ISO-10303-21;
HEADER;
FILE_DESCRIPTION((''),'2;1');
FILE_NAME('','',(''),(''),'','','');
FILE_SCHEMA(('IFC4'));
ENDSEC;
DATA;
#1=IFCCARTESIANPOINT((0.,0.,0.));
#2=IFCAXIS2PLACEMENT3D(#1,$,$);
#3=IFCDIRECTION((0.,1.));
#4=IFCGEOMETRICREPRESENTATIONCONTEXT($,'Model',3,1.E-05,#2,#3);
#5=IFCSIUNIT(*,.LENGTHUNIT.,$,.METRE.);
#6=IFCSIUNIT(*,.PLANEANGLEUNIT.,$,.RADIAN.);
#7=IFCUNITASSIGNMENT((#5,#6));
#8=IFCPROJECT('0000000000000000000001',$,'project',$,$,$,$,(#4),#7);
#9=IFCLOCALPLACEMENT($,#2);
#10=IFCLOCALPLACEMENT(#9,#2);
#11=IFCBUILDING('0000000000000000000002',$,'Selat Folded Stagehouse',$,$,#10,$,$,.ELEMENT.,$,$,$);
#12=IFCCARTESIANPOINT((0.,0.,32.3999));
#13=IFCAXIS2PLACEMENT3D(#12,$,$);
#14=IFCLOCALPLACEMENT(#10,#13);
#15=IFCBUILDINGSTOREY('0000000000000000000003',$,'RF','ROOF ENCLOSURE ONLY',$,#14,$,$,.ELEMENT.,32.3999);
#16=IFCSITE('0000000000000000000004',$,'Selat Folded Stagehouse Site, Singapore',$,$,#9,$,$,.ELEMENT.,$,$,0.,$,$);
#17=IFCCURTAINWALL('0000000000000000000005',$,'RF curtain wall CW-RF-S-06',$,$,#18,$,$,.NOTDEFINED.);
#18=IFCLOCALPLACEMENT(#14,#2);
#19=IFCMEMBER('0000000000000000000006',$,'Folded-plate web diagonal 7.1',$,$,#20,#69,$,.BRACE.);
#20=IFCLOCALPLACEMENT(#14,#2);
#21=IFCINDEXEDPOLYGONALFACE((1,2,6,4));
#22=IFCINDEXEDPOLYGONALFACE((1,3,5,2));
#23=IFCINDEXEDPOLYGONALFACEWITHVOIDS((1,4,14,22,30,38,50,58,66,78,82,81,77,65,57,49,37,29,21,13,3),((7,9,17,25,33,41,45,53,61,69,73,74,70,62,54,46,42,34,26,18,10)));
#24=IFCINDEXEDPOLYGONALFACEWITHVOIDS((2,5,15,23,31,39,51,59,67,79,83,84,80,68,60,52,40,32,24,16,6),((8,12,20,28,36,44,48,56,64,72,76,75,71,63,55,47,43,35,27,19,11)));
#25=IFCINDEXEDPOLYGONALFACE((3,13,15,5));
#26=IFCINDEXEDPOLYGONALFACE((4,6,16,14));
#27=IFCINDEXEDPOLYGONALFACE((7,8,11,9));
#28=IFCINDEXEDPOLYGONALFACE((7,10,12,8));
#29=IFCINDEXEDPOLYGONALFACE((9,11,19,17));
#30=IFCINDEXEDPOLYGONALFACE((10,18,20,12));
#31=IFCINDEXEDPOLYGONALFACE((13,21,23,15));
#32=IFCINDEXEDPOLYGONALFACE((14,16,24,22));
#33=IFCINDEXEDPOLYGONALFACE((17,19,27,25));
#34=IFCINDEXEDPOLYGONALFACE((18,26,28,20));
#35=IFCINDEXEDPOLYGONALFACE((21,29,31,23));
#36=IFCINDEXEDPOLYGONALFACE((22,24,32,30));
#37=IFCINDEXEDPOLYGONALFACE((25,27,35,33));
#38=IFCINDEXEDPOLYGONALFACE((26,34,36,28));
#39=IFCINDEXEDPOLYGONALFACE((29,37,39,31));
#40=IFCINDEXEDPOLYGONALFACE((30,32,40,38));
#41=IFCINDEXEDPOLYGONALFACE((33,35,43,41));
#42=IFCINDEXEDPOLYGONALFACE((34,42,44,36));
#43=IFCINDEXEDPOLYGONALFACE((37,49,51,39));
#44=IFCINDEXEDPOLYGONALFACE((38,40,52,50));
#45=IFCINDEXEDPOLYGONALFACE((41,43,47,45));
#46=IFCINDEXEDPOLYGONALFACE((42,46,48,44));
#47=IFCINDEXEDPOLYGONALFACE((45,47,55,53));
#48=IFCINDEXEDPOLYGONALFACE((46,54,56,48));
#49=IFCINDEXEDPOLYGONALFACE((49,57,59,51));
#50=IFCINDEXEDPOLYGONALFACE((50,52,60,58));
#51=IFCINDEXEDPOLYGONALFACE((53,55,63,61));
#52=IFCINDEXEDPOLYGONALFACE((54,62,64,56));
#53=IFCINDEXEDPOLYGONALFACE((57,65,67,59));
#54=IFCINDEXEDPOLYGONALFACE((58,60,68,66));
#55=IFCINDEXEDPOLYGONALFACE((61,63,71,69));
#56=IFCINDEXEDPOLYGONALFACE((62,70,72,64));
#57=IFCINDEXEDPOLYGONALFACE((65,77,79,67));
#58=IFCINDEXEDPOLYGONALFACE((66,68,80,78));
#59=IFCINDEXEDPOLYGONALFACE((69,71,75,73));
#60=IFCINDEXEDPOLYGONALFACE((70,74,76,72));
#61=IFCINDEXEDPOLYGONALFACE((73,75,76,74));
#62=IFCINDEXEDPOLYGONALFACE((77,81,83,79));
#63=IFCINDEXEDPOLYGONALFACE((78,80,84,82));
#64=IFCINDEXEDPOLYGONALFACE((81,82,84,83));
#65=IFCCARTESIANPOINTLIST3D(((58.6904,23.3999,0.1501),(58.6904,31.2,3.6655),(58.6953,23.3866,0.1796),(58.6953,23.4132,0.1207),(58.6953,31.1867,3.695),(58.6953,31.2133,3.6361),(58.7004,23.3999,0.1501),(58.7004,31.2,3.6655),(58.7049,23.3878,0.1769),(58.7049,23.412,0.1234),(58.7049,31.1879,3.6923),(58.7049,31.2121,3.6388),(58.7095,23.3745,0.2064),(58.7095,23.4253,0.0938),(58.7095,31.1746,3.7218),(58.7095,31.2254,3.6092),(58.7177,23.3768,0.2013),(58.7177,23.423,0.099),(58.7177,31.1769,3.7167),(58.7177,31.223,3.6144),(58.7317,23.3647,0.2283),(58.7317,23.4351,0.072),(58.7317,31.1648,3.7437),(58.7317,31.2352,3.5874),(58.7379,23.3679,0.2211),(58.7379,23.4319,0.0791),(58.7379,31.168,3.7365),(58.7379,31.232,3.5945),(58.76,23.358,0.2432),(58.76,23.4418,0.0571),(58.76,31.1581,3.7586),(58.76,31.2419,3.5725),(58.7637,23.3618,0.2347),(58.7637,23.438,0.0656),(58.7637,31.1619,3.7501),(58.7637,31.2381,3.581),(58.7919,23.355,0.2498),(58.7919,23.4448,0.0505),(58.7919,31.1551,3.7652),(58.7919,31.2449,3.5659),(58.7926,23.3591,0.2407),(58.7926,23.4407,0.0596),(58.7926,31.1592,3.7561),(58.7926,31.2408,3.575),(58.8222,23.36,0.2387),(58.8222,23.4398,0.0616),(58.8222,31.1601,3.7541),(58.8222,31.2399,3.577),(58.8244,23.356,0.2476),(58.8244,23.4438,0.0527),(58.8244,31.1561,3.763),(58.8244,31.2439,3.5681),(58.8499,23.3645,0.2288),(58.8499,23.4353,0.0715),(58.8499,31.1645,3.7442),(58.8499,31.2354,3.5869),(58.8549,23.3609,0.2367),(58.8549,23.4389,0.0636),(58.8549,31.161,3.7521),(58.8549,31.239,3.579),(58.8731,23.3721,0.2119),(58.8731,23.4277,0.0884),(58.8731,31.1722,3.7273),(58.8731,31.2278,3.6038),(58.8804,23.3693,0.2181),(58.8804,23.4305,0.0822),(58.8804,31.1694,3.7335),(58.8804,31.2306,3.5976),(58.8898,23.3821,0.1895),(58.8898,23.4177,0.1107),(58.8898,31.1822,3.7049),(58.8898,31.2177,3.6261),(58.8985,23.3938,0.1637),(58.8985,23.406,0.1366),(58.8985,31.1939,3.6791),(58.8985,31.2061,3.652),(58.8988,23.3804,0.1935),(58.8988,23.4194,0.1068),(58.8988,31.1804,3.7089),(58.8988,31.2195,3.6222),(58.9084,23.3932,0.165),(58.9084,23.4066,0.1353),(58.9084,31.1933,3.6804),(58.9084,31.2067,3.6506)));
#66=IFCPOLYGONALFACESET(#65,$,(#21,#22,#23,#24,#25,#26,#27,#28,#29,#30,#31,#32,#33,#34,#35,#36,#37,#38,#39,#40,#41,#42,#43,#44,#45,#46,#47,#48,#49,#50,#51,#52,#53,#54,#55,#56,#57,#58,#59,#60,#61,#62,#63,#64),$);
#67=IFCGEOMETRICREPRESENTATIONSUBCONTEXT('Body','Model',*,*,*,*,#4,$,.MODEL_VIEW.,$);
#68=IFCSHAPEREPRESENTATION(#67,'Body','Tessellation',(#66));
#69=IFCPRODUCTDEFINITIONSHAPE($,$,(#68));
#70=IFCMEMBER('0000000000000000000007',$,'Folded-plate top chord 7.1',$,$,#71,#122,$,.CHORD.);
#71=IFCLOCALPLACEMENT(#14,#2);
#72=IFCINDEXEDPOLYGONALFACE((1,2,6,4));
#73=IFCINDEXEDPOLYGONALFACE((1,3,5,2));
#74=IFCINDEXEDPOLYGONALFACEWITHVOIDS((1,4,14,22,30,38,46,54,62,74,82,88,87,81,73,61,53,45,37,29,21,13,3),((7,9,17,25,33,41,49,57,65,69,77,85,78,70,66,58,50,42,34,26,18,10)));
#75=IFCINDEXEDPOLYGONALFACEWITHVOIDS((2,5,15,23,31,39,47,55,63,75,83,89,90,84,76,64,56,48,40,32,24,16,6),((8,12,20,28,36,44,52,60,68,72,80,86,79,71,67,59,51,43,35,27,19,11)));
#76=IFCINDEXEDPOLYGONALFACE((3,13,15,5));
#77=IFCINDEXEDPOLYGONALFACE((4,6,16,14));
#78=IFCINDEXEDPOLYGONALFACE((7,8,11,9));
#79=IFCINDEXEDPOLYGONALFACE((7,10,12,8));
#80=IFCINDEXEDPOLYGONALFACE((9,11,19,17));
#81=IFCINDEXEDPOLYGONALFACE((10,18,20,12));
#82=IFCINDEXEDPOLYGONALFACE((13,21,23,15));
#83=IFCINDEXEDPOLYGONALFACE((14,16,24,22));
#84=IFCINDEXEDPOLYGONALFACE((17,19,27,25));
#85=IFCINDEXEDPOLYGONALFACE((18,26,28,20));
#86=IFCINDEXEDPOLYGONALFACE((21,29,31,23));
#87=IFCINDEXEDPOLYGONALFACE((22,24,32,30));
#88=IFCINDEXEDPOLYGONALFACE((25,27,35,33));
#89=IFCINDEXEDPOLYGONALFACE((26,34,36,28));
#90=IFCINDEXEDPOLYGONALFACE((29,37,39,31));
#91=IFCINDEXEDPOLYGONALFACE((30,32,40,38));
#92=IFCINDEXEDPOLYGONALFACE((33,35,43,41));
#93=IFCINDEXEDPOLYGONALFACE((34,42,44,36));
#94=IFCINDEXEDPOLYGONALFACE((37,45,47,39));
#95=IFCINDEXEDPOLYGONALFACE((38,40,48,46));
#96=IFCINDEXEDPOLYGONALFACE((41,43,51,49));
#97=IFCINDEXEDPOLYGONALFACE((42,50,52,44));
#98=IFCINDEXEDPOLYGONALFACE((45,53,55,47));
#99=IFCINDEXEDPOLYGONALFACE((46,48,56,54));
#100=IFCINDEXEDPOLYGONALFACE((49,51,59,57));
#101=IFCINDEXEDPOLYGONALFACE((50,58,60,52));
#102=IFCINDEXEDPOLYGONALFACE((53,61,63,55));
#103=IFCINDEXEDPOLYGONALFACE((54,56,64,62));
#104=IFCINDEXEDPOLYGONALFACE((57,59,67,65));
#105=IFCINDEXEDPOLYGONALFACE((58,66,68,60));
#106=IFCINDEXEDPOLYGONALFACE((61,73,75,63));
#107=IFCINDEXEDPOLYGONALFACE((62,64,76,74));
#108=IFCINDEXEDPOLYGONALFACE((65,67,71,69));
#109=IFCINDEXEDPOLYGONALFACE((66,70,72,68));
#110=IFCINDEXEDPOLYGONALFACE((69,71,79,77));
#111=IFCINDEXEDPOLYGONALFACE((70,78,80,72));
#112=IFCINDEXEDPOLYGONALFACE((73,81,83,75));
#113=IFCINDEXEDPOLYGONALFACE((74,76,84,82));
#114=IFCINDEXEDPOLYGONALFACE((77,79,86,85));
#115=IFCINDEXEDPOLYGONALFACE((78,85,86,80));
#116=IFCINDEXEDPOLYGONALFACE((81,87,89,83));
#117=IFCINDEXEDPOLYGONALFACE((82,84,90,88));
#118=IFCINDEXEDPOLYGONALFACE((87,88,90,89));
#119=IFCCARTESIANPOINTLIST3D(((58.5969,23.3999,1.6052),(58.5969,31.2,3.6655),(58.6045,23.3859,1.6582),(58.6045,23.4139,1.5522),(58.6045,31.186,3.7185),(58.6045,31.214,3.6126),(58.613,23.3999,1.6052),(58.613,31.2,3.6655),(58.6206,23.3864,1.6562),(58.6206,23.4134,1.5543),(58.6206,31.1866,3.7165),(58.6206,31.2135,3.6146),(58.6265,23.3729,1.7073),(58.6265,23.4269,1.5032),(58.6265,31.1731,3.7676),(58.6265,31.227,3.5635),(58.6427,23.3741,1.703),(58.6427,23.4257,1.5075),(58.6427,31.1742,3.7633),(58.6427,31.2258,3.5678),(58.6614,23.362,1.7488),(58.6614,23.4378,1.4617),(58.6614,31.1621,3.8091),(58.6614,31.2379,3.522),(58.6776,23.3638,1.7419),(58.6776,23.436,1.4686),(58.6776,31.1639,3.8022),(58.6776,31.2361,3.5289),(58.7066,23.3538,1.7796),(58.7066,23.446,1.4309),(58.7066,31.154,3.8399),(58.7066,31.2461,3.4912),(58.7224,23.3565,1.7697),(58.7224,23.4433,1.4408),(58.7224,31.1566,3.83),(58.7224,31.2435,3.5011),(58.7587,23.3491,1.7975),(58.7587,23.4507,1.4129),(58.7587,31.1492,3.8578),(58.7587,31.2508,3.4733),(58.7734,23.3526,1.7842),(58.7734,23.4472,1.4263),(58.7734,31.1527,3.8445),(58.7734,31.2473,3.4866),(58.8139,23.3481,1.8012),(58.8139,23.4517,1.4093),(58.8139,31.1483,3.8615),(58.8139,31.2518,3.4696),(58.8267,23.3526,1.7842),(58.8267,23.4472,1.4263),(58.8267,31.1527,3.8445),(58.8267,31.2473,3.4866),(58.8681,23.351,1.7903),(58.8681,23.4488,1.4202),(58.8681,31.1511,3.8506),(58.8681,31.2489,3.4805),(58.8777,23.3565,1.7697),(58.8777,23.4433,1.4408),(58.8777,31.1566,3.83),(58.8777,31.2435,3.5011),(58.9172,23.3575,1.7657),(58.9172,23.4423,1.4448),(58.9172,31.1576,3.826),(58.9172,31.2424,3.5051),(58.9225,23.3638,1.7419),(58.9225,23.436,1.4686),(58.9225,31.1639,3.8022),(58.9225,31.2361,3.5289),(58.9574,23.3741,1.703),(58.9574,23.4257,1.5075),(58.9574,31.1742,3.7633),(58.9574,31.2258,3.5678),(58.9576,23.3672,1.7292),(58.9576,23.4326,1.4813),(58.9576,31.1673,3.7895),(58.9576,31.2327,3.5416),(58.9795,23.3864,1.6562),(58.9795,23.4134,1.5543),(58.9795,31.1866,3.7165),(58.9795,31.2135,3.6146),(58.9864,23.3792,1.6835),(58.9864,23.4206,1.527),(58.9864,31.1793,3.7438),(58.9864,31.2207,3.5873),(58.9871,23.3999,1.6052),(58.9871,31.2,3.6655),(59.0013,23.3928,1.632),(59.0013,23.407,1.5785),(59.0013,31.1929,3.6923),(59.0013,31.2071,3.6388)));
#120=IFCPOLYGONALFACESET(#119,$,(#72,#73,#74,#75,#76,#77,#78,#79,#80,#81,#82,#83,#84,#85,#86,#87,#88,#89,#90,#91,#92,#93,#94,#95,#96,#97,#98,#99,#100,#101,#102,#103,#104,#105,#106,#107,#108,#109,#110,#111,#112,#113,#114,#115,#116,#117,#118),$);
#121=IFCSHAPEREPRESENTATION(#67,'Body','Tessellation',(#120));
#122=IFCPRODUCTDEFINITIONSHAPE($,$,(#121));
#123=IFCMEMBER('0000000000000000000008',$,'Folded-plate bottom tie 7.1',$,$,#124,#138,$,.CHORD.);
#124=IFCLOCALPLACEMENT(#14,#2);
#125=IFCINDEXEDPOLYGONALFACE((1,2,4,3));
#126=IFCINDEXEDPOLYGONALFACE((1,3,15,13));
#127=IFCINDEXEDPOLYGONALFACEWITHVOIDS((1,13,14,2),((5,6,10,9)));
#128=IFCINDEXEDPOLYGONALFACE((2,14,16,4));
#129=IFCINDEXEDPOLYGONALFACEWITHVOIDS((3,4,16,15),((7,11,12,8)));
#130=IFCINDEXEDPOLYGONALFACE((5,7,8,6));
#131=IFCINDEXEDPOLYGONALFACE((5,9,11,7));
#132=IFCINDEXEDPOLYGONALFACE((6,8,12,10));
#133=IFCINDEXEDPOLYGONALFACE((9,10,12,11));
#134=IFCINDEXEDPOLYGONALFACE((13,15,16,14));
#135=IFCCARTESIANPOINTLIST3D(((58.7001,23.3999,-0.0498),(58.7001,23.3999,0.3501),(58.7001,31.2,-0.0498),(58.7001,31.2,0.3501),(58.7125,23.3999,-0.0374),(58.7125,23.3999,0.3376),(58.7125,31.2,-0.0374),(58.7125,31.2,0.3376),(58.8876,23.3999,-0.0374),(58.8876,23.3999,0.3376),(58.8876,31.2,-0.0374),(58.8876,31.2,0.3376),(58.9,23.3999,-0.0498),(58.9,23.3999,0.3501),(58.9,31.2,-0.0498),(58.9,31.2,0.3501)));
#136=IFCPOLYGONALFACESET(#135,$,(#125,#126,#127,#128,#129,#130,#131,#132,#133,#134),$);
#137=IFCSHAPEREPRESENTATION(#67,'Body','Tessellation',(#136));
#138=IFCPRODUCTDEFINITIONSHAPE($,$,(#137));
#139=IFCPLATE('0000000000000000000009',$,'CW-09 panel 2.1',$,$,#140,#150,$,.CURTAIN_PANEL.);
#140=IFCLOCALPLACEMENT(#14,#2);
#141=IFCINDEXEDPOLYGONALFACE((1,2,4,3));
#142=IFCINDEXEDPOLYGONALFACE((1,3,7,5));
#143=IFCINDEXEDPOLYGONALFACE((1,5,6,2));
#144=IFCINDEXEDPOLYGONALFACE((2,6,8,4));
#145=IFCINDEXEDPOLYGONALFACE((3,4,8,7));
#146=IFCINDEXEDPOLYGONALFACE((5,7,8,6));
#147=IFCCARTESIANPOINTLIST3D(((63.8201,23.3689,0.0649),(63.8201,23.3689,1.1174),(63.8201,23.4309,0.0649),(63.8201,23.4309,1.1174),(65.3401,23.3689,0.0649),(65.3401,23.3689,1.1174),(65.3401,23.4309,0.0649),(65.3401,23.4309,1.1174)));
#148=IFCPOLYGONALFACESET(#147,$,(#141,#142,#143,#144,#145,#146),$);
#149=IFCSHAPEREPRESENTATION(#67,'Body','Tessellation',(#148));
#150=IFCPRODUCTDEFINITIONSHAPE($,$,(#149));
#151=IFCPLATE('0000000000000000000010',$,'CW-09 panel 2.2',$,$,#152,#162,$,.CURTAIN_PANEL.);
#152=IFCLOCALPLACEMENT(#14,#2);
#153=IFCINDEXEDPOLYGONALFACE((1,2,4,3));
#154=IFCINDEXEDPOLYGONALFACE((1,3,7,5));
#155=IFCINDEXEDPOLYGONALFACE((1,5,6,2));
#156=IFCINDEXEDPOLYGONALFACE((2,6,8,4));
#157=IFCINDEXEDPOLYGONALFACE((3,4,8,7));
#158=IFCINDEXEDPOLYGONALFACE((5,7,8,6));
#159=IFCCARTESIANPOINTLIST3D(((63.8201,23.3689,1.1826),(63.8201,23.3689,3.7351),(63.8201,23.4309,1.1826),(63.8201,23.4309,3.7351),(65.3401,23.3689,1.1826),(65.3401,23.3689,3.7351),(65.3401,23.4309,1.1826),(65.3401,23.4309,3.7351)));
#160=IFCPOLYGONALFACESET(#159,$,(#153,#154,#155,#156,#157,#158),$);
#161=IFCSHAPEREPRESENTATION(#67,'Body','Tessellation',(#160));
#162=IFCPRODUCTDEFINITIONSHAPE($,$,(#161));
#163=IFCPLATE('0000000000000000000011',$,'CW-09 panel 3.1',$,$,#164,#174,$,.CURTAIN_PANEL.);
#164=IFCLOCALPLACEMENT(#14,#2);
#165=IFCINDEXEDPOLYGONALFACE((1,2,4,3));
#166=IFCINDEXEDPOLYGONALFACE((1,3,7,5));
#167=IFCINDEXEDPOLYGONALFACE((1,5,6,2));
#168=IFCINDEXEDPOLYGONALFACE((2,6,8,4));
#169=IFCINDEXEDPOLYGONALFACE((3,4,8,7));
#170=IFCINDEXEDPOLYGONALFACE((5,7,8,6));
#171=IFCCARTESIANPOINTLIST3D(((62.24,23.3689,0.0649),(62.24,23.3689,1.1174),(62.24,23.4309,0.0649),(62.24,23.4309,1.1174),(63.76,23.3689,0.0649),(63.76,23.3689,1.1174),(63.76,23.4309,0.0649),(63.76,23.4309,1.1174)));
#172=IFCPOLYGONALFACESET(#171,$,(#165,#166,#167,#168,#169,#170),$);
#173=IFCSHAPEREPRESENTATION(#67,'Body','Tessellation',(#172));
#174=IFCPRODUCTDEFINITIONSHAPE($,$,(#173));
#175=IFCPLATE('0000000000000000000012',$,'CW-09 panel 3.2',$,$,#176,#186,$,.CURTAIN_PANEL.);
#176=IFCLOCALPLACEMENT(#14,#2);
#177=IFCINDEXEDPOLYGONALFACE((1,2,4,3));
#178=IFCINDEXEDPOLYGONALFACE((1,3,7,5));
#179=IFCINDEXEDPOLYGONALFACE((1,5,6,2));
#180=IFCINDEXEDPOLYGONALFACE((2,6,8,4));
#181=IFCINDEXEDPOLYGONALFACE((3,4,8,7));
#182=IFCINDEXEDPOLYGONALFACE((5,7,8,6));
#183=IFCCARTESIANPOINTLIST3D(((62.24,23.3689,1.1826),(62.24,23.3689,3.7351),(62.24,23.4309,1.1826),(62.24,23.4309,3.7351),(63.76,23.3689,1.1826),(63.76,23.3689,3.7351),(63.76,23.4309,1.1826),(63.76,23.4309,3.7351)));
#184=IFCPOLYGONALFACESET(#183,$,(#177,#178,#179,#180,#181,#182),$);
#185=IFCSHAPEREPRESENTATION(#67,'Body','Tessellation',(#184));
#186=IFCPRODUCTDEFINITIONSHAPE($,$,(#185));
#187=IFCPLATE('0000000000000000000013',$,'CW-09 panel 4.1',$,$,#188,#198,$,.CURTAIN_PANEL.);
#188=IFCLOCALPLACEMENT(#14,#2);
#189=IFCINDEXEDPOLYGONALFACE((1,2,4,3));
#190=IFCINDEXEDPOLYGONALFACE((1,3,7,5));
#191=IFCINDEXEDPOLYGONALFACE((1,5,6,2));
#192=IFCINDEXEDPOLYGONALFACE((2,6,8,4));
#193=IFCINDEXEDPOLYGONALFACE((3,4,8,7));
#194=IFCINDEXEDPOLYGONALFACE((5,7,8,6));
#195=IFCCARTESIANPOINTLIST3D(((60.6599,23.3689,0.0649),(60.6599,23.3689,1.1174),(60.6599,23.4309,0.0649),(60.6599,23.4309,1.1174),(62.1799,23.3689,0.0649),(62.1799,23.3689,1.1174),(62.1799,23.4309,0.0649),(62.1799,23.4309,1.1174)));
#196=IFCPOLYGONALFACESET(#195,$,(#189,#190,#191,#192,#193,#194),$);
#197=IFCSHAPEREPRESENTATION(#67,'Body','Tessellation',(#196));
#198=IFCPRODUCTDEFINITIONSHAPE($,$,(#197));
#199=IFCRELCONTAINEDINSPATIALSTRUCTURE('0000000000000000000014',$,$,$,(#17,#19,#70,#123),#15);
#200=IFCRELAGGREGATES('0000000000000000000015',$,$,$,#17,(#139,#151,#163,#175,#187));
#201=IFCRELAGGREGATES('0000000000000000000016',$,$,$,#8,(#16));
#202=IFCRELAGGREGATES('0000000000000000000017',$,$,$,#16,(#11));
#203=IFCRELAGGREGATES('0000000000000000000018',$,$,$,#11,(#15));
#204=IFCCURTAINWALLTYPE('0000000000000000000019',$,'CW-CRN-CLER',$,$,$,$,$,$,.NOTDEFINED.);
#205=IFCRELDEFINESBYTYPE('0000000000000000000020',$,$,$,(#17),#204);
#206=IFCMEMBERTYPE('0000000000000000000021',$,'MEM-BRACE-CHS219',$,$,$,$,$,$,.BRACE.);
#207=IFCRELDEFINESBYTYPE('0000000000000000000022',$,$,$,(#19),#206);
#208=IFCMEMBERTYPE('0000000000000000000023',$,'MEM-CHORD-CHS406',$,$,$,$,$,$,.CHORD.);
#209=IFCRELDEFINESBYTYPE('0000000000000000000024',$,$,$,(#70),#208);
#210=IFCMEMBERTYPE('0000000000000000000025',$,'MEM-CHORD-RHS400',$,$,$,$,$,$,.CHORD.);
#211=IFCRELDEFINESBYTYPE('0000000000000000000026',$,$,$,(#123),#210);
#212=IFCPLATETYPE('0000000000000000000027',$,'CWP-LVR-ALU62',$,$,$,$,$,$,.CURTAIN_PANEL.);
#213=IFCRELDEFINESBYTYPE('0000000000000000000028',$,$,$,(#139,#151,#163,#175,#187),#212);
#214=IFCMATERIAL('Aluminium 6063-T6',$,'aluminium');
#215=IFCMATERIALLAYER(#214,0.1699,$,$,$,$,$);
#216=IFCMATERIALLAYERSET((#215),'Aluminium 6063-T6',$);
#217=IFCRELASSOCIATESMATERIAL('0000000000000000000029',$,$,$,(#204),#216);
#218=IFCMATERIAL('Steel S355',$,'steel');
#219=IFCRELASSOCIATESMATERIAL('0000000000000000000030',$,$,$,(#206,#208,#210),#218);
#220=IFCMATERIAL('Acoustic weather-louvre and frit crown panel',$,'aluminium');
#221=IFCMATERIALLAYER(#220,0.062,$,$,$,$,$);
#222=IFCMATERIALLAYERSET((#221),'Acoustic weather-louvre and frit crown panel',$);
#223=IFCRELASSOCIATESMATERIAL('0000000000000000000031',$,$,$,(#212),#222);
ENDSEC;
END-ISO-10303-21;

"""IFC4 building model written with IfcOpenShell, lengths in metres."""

from ifc_helpers import new_model, si_unit, direction, frame, origin, origin_2d, place, context, subcontext, project, spatial, rectangle, hollow_rectangle, hollow_circle, extrude, material, layer, layer_set, material_profile, profile_set, type_object, element, aggregate, save


model = new_model("IFC4")

# Units and contexts
model_context = context("Model", 3, precision=1e-05, world=origin(), true_north=direction((0.0, 1.0)))
body_context = subcontext(model_context, "Body", "Model", "MODEL_VIEW")
ifc_project = project(units=[si_unit("LENGTHUNIT", "METRE"), si_unit("PLANEANGLEUNIT", "RADIAN")], contexts=[model_context])

# Site, building, storey
site_placement = place(None, origin())
site = spatial("IfcSite", under=ifc_project, at=site_placement, Name="Selat Folded Stagehouse Site, Singapore", CompositionType="ELEMENT", RefElevation=0.0)
building_placement = place(site_placement, origin())
building = spatial("IfcBuilding", under=site, at=building_placement, Name="Selat Folded Stagehouse", CompositionType="ELEMENT")
storey_placement = place(building_placement, frame((0.0, 0.0, 32.3999)))
storey = spatial("IfcBuildingStorey", under=building, at=storey_placement, Name="RF", Description="ROOF ENCLOSURE ONLY", CompositionType="ELEMENT", Elevation=32.3999)

# Shared definitions
ifc_material_1 = material(Name="Steel S355", Category="steel")

# Shared definitions
ifc_material_2 = material(Name="Aluminium 6063-T6", Category="aluminium")
ifc_layer_1 = layer(ifc_material_2, 0.1699)
ifc_layer_set_1 = layer_set([ifc_layer_1], Name="Aluminium 6063-T6")
curtain_wall_type = type_object("IfcCurtainWallType", Name="CW-CRN-CLER", PredefinedType="NOTDEFINED", material=ifc_layer_set_1)

# Curtain wall
curtain_wall_1_placement = place(storey_placement, origin())
curtain_wall_1 = element("IfcCurtainWall", 1, at=curtain_wall_1_placement, inside=storey, type_object=curtain_wall_type, Name="RF curtain wall CW-RF-S-06", PredefinedType="NOTDEFINED")

# Members
ifc_material_profile_1 = material_profile(ifc_material_1, hollow_circle(Radius=0.1096, WallThickness=0.01, at=origin_2d()), Name="CHS 219.1x10.0")
ifc_profile_set_1 = profile_set([ifc_material_profile_1], Name="Steel S355")
member_type_1 = type_object("IfcMemberType", Name="MEM-BRACE-CHS219", PredefinedType="BRACE", material=ifc_profile_set_1)
member_1_placement = place(storey_placement, frame((58.8, 23.3999, 0.1501), z_axis=(0.0, 0.911687, 0.410885), x_axis=(-1.0, 0.0, 0.0)))
element("IfcMember", 2, at=member_1_placement, inside=storey, type_object=member_type_1, Name="Folded-plate web diagonal 7.1", PredefinedType="BRACE", context=body_context, shape_type="SweptSolid", body=[
    extrude(hollow_circle(Radius=0.1096, WallThickness=0.01, at=origin_2d()), origin(), (0.0, 0.0, 1.0), 8.5557),
])
ifc_material_profile_2 = material_profile(ifc_material_1, hollow_circle(Radius=0.2031, WallThickness=0.0161, at=origin_2d()), Name="CHS 406.4x16.0")
ifc_profile_set_2 = profile_set([ifc_material_profile_2], Name="Steel S355")
member_type_2 = type_object("IfcMemberType", Name="MEM-CHORD-CHS406", PredefinedType="CHORD", material=ifc_profile_set_2)
member_2_placement = place(storey_placement, frame((58.8, 23.3999, 1.6052), z_axis=(0.0, 0.966841, 0.255381), x_axis=(-1.0, 0.0, 0.0)))
element("IfcMember", 3, at=member_2_placement, inside=storey, type_object=member_type_2, Name="Folded-plate top chord 7.1", PredefinedType="CHORD", context=body_context, shape_type="SweptSolid", body=[
    extrude(hollow_circle(Radius=0.2031, WallThickness=0.0161, at=origin_2d()), origin(), (0.0, 0.0, 1.0), 8.0676),
])
ifc_material_profile_3 = material_profile(ifc_material_1, hollow_rectangle(XDim=0.2, YDim=0.3999, WallThickness=0.0125, at=origin_2d()), Name="RHS 400x200x12.5")
ifc_profile_set_3 = profile_set([ifc_material_profile_3], Name="Steel S355")
member_type_3 = type_object("IfcMemberType", Name="MEM-CHORD-RHS400", PredefinedType="CHORD", material=ifc_profile_set_3)
member_3_placement = place(storey_placement, frame((58.8, 23.3999, 0.1501), z_axis=(0.0, 1.0, 0.0), x_axis=(-1.0, 0.0, 0.0)))
element("IfcMember", 4, at=member_3_placement, inside=storey, type_object=member_type_3, Name="Folded-plate bottom tie 7.1", PredefinedType="CHORD", context=body_context, shape_type="SweptSolid", body=[
    extrude(hollow_rectangle(XDim=0.2, YDim=0.3999, WallThickness=0.0125, at=origin_2d()), origin(), (0.0, 0.0, 1.0), 7.8),
])

# Plates
ifc_material_3 = material(Name="Acoustic weather-louvre and frit crown panel", Category="aluminium")
ifc_layer_2 = layer(ifc_material_3, 0.062)
ifc_layer_set_2 = layer_set([ifc_layer_2], Name="Acoustic weather-louvre and frit crown panel")
plate_type_1 = type_object("IfcPlateType", Name="CWP-LVR-ALU62", PredefinedType="CURTAIN_PANEL", material=ifc_layer_set_2)
plate_1_placement = place(storey_placement, frame((64.5801, 23.3999, 0.0649), z_axis=(0.0, 0.0, 1.0), x_axis=(-1.0, 0.0, 0.0)))
plate_1 = element("IfcPlate", 5, at=plate_1_placement, type_object=plate_type_1, Name="CW-09 panel 2.1", PredefinedType="CURTAIN_PANEL", context=body_context, shape_type="SweptSolid", body=[
    extrude(rectangle(XDim=1.52, YDim=0.062, at=origin_2d()), origin(), (0.0, 0.0, 1.0), 1.0525),
])
plate_2_placement = place(storey_placement, frame((64.5801, 23.3999, 1.1826), z_axis=(0.0, 0.0, 1.0), x_axis=(-1.0, 0.0, 0.0)))
plate_2 = element("IfcPlate", 6, at=plate_2_placement, type_object=plate_type_1, Name="CW-09 panel 2.2", PredefinedType="CURTAIN_PANEL", context=body_context, shape_type="SweptSolid", body=[
    extrude(rectangle(XDim=1.52, YDim=0.062, at=origin_2d()), origin(), (0.0, 0.0, 1.0), 2.5525),
])
plate_3_placement = place(storey_placement, frame((63.0, 23.3999, 0.0649), z_axis=(0.0, 0.0, 1.0), x_axis=(-1.0, 0.0, 0.0)))
plate_3 = element("IfcPlate", 7, at=plate_3_placement, type_object=plate_type_1, Name="CW-09 panel 3.1", PredefinedType="CURTAIN_PANEL", context=body_context, shape_type="SweptSolid", body=[
    extrude(rectangle(XDim=1.52, YDim=0.062, at=origin_2d()), origin(), (0.0, 0.0, 1.0), 1.0525),
])
plate_4_placement = place(storey_placement, frame((63.0, 23.3999, 1.1826), z_axis=(0.0, 0.0, 1.0), x_axis=(-1.0, 0.0, 0.0)))
plate_4 = element("IfcPlate", 8, at=plate_4_placement, type_object=plate_type_1, Name="CW-09 panel 3.2", PredefinedType="CURTAIN_PANEL", context=body_context, shape_type="SweptSolid", body=[
    extrude(rectangle(XDim=1.52, YDim=0.062, at=origin_2d()), origin(), (0.0, 0.0, 1.0), 2.5525),
])
plate_5_placement = place(storey_placement, frame((61.4199, 23.3999, 0.0649), z_axis=(0.0, 0.0, 1.0), x_axis=(-1.0, 0.0, 0.0)))
plate_5 = element("IfcPlate", 9, at=plate_5_placement, type_object=plate_type_1, Name="CW-09 panel 4.1", PredefinedType="CURTAIN_PANEL", context=body_context, shape_type="SweptSolid", body=[
    extrude(rectangle(XDim=1.52, YDim=0.062, at=origin_2d()), origin(), (0.0, 0.0, 1.0), 1.0525),
])
aggregate(curtain_wall_1, [plate_1, plate_2, plate_3, plate_4, plate_5])

save(model, "model.ifc")
